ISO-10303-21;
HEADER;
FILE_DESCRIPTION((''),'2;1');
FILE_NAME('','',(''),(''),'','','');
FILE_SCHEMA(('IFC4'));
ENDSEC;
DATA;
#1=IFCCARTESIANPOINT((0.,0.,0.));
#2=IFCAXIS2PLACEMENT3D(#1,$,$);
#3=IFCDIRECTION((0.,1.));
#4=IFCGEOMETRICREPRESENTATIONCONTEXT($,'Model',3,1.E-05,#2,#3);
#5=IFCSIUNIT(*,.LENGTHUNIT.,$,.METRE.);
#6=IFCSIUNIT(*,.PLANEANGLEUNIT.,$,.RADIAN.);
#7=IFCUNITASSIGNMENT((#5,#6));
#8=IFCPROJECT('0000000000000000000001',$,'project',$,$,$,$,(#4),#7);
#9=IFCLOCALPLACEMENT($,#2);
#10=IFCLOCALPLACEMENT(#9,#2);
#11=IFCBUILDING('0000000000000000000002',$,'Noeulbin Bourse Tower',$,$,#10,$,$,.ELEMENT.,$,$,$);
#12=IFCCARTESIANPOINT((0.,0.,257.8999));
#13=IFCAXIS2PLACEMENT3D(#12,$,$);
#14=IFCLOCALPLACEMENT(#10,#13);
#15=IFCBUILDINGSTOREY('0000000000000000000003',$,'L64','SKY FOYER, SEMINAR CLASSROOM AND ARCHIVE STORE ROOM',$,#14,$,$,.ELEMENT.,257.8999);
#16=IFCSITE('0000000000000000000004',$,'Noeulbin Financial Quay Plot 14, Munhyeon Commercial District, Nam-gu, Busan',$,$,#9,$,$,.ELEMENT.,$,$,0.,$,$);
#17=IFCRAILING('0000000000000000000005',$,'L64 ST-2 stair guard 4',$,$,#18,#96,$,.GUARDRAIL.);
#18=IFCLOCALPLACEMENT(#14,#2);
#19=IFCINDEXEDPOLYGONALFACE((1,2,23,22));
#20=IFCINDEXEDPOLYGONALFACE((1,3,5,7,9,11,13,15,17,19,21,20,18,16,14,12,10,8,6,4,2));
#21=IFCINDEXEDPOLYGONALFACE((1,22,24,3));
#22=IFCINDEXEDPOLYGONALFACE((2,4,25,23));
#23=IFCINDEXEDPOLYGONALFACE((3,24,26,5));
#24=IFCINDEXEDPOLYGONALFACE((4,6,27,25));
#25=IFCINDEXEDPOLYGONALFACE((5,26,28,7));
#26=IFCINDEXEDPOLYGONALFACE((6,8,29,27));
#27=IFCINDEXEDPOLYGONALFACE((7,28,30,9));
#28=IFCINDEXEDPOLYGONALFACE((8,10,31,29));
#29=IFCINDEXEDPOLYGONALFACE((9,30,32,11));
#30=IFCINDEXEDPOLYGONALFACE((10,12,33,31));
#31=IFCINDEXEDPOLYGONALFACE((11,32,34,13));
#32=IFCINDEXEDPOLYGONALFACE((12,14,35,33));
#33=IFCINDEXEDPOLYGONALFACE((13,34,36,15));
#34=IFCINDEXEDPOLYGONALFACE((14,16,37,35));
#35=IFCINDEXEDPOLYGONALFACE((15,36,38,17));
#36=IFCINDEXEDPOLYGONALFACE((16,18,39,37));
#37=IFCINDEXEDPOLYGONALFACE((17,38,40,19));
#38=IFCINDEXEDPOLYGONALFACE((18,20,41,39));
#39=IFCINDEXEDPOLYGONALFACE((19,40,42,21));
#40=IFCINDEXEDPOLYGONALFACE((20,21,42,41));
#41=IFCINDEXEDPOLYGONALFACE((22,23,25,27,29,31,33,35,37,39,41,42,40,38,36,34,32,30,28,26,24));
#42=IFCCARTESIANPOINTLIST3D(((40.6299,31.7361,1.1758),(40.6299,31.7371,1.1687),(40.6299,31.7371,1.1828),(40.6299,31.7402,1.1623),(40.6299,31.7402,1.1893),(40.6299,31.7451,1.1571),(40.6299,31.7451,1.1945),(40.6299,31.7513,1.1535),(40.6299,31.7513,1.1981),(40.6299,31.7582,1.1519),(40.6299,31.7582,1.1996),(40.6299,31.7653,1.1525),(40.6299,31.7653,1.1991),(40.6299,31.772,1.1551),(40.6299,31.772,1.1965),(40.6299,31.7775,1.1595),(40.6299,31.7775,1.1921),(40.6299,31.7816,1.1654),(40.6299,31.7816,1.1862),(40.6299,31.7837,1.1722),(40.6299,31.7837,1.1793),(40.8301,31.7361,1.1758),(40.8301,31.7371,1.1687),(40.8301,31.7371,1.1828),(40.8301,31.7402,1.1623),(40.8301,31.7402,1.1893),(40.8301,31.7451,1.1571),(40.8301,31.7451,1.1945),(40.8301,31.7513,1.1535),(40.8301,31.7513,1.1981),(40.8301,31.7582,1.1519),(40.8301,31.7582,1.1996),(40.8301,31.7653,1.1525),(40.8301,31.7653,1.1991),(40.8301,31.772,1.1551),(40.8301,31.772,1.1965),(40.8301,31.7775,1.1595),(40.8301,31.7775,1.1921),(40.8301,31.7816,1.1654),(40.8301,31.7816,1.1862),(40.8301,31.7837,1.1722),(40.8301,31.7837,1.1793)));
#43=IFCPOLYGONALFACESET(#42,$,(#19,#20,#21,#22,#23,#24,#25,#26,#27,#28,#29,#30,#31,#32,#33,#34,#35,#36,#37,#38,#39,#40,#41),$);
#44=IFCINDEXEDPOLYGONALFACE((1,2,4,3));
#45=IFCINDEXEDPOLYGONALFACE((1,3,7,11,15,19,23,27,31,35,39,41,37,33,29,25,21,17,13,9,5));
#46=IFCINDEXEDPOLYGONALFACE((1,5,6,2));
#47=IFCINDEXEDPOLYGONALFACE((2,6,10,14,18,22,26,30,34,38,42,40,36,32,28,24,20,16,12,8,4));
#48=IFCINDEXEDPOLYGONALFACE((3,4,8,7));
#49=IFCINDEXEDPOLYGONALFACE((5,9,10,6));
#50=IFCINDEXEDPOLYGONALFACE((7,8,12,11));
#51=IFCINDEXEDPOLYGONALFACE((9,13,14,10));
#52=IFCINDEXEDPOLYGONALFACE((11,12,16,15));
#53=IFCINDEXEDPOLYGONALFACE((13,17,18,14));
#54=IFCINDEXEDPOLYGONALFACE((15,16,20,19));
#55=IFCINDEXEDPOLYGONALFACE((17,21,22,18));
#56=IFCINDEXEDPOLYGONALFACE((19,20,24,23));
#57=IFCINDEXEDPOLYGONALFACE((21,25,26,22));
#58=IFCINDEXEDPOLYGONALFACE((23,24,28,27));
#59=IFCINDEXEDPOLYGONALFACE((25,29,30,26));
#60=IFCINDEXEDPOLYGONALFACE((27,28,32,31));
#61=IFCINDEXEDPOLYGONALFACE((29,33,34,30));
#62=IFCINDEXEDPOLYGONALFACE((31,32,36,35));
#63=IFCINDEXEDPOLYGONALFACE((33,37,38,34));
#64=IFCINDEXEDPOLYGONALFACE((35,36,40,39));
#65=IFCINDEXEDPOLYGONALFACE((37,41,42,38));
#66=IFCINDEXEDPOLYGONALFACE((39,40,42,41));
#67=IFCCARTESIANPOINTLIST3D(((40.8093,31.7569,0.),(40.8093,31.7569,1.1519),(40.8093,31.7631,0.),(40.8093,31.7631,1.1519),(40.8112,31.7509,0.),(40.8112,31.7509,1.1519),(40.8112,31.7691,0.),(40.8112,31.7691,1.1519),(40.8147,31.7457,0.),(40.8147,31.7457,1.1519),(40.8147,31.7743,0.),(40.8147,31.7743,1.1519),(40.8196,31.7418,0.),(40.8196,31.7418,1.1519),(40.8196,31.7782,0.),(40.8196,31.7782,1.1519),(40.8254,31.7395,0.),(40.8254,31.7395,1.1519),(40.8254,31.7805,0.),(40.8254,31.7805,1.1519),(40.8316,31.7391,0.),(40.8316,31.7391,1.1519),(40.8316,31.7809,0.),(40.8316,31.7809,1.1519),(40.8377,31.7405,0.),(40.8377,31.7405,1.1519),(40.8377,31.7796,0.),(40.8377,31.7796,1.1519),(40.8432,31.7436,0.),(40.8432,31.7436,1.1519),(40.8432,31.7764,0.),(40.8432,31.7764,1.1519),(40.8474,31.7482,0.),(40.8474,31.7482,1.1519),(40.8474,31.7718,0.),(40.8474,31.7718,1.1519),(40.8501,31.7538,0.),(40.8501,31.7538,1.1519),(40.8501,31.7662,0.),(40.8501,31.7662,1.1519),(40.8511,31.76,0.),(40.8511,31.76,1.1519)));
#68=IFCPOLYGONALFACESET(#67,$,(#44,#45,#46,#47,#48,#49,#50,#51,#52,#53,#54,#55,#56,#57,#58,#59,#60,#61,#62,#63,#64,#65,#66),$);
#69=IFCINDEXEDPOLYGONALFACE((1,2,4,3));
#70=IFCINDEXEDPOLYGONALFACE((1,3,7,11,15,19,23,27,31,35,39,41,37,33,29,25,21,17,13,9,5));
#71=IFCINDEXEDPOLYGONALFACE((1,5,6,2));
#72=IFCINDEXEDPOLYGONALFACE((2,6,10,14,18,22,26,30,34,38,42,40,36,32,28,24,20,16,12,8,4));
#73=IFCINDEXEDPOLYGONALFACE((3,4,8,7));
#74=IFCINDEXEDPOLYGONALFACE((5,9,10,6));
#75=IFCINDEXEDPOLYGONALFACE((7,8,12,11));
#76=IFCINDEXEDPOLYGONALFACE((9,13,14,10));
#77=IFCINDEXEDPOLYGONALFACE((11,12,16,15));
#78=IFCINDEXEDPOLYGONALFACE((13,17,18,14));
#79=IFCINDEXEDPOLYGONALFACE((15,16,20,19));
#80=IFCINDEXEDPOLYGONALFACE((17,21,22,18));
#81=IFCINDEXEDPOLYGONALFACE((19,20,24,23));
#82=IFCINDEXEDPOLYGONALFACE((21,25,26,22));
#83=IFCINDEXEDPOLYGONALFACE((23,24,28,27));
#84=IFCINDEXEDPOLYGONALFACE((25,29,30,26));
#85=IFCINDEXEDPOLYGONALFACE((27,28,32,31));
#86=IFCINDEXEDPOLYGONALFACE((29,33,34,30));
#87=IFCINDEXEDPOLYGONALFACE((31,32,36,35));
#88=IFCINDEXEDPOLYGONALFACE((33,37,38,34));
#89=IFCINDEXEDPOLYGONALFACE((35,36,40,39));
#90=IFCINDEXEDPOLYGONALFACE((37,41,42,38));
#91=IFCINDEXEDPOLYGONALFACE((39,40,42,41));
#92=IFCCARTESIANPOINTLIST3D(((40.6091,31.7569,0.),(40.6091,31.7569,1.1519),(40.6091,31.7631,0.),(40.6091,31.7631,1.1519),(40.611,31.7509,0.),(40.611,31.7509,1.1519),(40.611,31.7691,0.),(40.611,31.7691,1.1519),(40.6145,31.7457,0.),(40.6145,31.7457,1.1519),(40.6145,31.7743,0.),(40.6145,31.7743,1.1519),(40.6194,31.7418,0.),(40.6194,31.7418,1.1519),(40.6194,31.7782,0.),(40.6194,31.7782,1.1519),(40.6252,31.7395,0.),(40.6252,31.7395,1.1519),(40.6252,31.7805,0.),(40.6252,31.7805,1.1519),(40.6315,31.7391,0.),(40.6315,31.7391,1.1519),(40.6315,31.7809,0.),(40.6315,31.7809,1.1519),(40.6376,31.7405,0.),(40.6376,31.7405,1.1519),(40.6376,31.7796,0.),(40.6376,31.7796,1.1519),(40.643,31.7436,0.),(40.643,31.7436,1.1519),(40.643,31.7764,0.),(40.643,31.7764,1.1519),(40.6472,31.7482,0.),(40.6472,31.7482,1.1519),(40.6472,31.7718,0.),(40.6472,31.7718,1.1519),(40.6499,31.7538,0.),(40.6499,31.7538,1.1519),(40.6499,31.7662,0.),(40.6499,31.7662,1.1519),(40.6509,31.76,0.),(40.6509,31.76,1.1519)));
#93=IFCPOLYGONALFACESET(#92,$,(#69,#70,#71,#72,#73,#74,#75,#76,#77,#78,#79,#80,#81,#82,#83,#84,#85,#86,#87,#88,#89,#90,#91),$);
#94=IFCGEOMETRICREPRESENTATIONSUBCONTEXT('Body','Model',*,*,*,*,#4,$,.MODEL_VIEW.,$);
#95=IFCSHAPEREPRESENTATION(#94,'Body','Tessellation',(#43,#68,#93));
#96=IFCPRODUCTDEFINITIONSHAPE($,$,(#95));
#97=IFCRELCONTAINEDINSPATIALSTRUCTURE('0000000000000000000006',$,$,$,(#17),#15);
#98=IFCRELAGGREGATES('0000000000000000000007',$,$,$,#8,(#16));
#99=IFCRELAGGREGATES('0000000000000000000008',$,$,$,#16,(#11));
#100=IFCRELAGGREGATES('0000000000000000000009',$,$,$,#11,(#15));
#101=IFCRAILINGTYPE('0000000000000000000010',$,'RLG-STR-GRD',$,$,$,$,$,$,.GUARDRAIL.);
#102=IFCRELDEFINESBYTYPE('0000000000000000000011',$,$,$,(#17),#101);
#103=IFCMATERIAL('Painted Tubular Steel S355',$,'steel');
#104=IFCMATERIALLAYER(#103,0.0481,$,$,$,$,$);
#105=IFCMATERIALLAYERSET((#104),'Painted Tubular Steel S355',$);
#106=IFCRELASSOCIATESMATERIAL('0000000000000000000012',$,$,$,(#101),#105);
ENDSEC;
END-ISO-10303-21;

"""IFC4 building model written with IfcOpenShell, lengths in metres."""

from ifc_helpers import new_model, si_unit, direction, frame, origin, origin_2d, place, context, subcontext, project, spatial, circle, extrude, material, layer, layer_set, type_object, element, save


model = new_model("IFC4")

# Units and contexts
model_context = context("Model", 3, precision=1e-05, world=origin(), true_north=direction((0.0, 1.0)))
body_context = subcontext(model_context, "Body", "Model", "MODEL_VIEW")
ifc_project = project(units=[si_unit("LENGTHUNIT", "METRE"), si_unit("PLANEANGLEUNIT", "RADIAN")], contexts=[model_context])

# Site, building, storey
site_placement = place(None, origin())
site = spatial("IfcSite", under=ifc_project, at=site_placement, Name="Noeulbin Financial Quay Plot 14, Munhyeon Commercial District, Nam-gu, Busan", CompositionType="ELEMENT", RefElevation=0.0)
building_placement = place(site_placement, origin())
building = spatial("IfcBuilding", under=site, at=building_placement, Name="Noeulbin Bourse Tower", CompositionType="ELEMENT")
storey_placement = place(building_placement, frame((0.0, 0.0, 257.8999)))
storey = spatial("IfcBuildingStorey", under=building, at=storey_placement, Name="L64", Description="SKY FOYER, SEMINAR CLASSROOM AND ARCHIVE STORE ROOM", CompositionType="ELEMENT", Elevation=257.8999)

# Railing
ifc_material_1 = material(Name="Painted Tubular Steel S355", Category="steel")
ifc_layer_1 = layer(ifc_material_1, 0.0481)
ifc_layer_set_1 = layer_set([ifc_layer_1], Name="Painted Tubular Steel S355")
railing_type_1 = type_object("IfcRailingType", Name="RLG-STR-GRD", PredefinedType="GUARDRAIL", material=ifc_layer_set_1)
railing_1_placement = place(storey_placement, frame((40.8301, 31.76, 0.0)))
element("IfcRailing", 1, at=railing_1_placement, inside=storey, type_object=railing_type_1, Name="L64 ST-2 stair guard 4", PredefinedType="GUARDRAIL", context=body_context, shape_type="SweptSolid", body=[
    extrude(circle(Radius=0.0239, at=origin_2d()), frame((0.0, 0.0, 1.1758), z_axis=(-1.0, 0.0, 0.0), x_axis=(0.0, -1.0, 0.0)), (0.0, 0.0, 1.0), 0.2002),
    extrude(circle(Radius=0.021, at=origin_2d()), origin(), (0.0, 0.0, 1.0), 1.1519),
    extrude(circle(Radius=0.021, at=origin_2d()), frame((-0.2002, 0.0, 0.0)), (0.0, 0.0, 1.0), 1.1519),
])

save(model, "model.ifc")
